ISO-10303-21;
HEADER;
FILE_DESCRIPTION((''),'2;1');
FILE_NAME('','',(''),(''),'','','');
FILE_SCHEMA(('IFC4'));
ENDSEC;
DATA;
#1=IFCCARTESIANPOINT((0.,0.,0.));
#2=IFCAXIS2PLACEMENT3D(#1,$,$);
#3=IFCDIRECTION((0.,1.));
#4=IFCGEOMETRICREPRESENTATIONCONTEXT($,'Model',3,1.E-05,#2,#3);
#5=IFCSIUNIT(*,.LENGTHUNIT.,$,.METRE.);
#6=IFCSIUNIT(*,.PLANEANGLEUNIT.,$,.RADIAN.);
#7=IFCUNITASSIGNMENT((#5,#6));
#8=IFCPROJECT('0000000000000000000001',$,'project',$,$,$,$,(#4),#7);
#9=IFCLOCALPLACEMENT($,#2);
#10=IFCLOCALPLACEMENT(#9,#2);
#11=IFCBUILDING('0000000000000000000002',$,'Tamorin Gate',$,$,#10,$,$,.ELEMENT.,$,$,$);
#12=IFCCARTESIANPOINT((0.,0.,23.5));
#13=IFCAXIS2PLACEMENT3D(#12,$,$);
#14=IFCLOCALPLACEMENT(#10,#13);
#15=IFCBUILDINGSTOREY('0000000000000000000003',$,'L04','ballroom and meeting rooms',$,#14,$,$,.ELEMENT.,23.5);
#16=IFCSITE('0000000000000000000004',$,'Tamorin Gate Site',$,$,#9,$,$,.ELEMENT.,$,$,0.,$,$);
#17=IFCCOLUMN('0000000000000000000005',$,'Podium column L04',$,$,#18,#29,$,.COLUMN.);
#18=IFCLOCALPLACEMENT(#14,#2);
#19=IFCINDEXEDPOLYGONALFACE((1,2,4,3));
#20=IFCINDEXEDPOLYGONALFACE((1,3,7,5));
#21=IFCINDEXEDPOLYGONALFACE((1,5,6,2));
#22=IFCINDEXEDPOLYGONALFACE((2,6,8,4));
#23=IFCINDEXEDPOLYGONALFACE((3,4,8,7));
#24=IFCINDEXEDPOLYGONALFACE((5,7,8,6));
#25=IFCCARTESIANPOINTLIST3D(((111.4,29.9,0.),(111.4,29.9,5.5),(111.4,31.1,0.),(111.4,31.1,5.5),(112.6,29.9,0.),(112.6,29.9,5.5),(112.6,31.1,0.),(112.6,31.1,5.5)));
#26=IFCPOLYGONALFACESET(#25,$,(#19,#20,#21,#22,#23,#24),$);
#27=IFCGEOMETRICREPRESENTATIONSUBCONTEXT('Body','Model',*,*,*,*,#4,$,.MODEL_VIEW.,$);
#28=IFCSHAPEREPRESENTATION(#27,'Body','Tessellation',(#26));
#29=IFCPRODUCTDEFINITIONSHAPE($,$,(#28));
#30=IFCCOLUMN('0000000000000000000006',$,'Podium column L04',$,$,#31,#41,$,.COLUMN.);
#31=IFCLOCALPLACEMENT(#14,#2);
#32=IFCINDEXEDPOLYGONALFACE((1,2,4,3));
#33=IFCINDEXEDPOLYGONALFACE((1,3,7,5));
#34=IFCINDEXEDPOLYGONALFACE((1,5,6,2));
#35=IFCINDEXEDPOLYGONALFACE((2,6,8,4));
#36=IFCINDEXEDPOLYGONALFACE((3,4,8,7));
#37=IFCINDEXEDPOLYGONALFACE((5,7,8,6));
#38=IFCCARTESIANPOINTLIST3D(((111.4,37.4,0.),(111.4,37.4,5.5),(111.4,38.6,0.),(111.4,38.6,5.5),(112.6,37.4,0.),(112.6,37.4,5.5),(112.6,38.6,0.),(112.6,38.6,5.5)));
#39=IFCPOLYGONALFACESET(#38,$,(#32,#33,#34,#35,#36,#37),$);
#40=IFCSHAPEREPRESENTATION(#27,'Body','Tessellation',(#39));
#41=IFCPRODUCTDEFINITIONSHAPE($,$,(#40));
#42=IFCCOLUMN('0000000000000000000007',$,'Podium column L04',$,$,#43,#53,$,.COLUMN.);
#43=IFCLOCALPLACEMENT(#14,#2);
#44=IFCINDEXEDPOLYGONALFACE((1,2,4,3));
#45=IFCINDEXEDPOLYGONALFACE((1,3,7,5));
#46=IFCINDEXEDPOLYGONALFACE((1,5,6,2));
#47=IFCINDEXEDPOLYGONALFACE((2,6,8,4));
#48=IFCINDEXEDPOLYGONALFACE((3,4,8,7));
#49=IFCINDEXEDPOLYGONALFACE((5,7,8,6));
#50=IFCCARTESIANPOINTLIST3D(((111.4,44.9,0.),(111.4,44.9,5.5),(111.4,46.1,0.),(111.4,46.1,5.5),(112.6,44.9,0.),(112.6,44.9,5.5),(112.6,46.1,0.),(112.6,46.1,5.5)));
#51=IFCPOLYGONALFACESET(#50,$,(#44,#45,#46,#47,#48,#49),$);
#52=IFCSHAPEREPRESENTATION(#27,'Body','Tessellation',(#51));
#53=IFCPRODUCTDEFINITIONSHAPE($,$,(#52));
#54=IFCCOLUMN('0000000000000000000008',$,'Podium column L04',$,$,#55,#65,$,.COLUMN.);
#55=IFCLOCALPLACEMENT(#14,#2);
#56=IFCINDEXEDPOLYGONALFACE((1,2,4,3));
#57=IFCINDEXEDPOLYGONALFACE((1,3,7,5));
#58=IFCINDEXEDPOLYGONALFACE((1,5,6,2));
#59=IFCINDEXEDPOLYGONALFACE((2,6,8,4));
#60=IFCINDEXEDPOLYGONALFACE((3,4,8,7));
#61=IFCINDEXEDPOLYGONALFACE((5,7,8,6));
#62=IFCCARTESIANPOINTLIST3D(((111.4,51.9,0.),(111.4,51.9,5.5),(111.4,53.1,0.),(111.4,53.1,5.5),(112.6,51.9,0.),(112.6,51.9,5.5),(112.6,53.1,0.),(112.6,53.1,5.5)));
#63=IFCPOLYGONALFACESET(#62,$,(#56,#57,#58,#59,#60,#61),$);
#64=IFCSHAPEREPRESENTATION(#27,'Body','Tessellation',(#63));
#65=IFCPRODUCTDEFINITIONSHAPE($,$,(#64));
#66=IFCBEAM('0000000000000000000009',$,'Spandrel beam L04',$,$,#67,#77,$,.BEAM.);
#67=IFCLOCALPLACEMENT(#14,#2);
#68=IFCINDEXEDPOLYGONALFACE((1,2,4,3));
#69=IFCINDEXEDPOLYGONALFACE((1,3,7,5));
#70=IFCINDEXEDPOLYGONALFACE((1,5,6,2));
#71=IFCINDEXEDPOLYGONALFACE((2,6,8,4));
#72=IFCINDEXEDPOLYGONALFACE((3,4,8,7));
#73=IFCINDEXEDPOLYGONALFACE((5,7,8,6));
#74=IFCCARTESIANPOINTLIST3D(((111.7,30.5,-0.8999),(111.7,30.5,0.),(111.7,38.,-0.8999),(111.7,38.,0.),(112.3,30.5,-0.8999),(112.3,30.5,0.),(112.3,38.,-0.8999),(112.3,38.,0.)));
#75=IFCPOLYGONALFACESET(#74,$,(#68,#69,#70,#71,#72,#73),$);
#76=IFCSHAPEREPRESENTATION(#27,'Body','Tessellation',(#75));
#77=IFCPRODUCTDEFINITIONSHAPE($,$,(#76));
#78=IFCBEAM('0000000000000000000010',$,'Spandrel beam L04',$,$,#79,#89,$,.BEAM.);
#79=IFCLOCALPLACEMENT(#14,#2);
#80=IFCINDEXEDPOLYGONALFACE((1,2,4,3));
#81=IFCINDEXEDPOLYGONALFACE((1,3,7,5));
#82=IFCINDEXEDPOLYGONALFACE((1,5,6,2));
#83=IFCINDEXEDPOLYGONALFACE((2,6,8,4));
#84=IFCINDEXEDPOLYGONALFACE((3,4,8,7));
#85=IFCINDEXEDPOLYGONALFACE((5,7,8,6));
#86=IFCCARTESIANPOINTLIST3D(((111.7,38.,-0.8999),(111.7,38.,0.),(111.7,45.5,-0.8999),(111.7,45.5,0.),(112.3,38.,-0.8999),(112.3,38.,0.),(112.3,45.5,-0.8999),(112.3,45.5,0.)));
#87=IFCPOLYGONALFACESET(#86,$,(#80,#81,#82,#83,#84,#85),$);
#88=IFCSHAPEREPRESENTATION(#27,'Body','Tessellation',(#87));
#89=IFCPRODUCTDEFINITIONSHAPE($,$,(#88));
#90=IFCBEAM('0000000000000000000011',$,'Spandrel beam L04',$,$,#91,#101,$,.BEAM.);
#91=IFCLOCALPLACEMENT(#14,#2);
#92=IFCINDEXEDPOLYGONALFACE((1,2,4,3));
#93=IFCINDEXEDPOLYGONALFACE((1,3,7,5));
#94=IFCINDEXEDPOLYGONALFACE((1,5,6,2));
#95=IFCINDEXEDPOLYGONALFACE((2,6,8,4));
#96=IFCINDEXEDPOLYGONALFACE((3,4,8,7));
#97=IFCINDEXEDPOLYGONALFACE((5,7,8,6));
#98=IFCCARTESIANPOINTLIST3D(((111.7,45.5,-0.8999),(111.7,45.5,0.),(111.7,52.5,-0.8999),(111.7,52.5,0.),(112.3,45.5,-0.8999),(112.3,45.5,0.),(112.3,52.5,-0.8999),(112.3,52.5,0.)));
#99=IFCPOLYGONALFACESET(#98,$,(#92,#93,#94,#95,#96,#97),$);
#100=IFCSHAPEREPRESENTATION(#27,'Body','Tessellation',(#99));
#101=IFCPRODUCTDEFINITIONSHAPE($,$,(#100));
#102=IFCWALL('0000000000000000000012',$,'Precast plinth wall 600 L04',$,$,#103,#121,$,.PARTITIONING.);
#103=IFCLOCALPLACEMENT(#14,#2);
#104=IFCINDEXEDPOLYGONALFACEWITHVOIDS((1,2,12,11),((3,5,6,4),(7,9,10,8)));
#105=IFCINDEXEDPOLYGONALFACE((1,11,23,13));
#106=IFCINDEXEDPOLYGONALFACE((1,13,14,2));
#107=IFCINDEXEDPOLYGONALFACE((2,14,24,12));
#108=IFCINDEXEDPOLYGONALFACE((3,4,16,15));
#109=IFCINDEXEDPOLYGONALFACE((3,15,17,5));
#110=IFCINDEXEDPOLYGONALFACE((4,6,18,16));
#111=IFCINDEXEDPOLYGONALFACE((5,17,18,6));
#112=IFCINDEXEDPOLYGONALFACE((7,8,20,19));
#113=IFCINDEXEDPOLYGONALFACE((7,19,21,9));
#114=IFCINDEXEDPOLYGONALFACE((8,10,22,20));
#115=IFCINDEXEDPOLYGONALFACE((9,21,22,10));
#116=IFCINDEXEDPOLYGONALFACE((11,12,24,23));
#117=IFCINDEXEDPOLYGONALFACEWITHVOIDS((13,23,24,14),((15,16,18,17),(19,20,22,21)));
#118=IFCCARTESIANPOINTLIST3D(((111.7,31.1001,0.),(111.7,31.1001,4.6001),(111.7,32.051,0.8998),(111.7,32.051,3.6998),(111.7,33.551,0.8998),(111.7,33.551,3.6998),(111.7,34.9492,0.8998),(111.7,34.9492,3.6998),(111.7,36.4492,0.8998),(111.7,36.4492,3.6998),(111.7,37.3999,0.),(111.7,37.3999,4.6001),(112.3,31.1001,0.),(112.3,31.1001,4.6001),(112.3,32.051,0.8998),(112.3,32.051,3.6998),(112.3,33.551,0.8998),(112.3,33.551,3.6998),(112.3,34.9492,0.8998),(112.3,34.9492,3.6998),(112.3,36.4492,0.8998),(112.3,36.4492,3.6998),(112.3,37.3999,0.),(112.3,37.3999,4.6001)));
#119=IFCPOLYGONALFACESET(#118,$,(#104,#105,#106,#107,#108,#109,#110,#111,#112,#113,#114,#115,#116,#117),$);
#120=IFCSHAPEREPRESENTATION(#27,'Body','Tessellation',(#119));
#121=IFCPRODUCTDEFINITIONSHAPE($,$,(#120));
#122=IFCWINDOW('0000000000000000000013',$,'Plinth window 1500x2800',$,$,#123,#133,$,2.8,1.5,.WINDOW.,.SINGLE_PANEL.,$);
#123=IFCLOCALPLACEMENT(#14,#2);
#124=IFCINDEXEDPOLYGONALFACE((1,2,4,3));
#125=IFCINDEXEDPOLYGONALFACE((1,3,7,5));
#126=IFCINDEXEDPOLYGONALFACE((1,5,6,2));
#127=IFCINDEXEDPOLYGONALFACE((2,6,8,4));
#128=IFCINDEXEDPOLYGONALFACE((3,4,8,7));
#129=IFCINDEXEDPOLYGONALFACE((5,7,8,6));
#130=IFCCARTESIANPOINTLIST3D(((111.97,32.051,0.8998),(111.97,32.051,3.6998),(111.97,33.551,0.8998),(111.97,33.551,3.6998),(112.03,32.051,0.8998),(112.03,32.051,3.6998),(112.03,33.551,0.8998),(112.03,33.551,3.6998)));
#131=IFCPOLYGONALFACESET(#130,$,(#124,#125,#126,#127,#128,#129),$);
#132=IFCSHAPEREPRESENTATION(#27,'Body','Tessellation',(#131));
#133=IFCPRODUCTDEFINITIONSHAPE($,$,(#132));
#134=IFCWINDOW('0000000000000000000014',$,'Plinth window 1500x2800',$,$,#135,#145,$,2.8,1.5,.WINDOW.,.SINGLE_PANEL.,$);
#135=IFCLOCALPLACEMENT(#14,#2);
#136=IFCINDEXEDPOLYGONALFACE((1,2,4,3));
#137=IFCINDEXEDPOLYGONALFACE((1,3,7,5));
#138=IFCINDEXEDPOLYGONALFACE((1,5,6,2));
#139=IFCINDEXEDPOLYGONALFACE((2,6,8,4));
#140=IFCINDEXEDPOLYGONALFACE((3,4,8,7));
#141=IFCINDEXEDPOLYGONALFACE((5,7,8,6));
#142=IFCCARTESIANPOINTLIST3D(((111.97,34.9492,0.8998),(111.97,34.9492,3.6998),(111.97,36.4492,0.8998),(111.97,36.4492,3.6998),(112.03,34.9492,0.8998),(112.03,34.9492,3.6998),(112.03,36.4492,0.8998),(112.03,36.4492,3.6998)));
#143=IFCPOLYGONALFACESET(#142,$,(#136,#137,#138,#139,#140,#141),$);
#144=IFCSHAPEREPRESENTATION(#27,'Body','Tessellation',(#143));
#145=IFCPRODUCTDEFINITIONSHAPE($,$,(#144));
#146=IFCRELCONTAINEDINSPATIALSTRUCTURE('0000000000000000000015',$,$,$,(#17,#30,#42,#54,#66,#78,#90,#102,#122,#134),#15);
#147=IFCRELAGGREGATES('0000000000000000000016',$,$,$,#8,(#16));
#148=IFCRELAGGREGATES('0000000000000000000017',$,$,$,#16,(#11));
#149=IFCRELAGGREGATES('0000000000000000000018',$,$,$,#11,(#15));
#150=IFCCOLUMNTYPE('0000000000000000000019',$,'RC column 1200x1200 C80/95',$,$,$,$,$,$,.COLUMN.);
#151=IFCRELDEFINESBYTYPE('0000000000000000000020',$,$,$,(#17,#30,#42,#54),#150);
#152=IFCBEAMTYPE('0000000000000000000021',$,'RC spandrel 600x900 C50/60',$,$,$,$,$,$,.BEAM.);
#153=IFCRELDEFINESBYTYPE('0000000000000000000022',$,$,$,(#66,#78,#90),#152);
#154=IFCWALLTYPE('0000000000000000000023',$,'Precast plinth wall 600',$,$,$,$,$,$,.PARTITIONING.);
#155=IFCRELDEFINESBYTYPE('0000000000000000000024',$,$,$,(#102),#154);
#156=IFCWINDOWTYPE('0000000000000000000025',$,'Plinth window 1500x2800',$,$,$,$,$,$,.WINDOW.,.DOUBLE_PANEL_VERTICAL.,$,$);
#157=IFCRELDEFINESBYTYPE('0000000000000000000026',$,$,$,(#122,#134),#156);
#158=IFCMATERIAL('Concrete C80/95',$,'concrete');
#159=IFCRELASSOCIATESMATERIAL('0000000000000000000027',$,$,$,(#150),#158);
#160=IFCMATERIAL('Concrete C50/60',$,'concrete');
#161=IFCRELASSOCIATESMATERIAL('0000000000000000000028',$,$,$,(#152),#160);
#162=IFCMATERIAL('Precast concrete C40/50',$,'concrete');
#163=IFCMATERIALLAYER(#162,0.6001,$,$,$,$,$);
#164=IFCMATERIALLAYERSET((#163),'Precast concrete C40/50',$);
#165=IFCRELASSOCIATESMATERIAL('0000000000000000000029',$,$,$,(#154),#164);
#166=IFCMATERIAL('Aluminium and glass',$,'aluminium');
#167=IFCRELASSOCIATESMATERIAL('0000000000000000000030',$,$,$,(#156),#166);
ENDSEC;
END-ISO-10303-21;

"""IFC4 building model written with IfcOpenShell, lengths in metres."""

from ifc_helpers import new_model, si_unit, direction, frame, frame_2d, origin, origin_2d, place, context, subcontext, project, spatial, rectangle, extrude, material, layer, layer_set, material_profile, profile_set, type_object, element, fill, save


model = new_model("IFC4")

# Units and contexts
model_context = context("Model", 3, precision=1e-05, world=origin(), true_north=direction((0.0, 1.0)))
body_context = subcontext(model_context, "Body", "Model", "MODEL_VIEW")
ifc_project = project(units=[si_unit("LENGTHUNIT", "METRE"), si_unit("PLANEANGLEUNIT", "RADIAN")], contexts=[model_context])

# Site, building, storey
site_placement = place(None, origin())
site = spatial("IfcSite", under=ifc_project, at=site_placement, Name="Tamorin Gate Site", CompositionType="ELEMENT", RefElevation=0.0)
building_placement = place(site_placement, origin())
building = spatial("IfcBuilding", under=site, at=building_placement, Name="Tamorin Gate", CompositionType="ELEMENT")
storey_placement = place(building_placement, frame((0.0, 0.0, 23.5)))
storey = spatial("IfcBuildingStorey", under=building, at=storey_placement, Name="L04", Description="ballroom and meeting rooms", CompositionType="ELEMENT", Elevation=23.5)

# Columns
ifc_material_1 = material(Name="Concrete C80/95", Category="concrete")
ifc_material_profile_1 = material_profile(ifc_material_1, rectangle(XDim=1.2, YDim=1.2, at=origin_2d()), Name="RC 1200x1200")
ifc_profile_set_1 = profile_set([ifc_material_profile_1], Name="Concrete C80/95")
column_type = type_object("IfcColumnType", Name="RC column 1200x1200 C80/95", PredefinedType="COLUMN", material=ifc_profile_set_1)
for number, where, z_axis, x_axis, name in (
    (1, (112.0, 30.5, 0.0), (0.0, 0.0, 1.0), (1.0, 0.0, 0.0), "Podium column L04"),
    (2, (112.0, 38.0, 0.0), (0.0, 0.0, 1.0), (1.0, 0.0, 0.0), "Podium column L04"),
    (3, (112.0, 45.5, 0.0), (0.0, 0.0, 1.0), (1.0, 0.0, 0.0), "Podium column L04"),
    (4, (112.0, 52.5, 0.0), (0.0, 0.0, 1.0), (1.0, 0.0, 0.0), "Podium column L04"),
):
    element("IfcColumn", number, at=place(storey_placement, frame(where, z_axis=z_axis, x_axis=x_axis)), inside=storey, type_object=column_type, Name=name, PredefinedType="COLUMN", context=body_context, shape_type="SweptSolid", body=[
        extrude(rectangle(XDim=1.2, YDim=1.2, at=origin_2d()), origin(), (0.0, 0.0, 1.0), 5.5),
    ])

# Beams
ifc_material_2 = material(Name="Concrete C50/60", Category="concrete")
ifc_material_profile_2 = material_profile(ifc_material_2, rectangle(XDim=0.6001, YDim=0.8999, at=origin_2d()), Name="RC 600x900")
ifc_profile_set_2 = profile_set([ifc_material_profile_2], Name="Concrete C50/60")
beam_type = type_object("IfcBeamType", Name="RC spandrel 600x900 C50/60", PredefinedType="BEAM", material=ifc_profile_set_2)
for number, where, z_axis, x_axis, name in (
    (5, (112.0, 30.5, -0.45), (0.0, 1.0, 0.0), (-1.0, 0.0, 0.0), "Spandrel beam L04"),
    (6, (112.0, 38.0, -0.45), (0.0, 1.0, 0.0), (-1.0, 0.0, 0.0), "Spandrel beam L04"),
):
    element("IfcBeam", number, at=place(storey_placement, frame(where, z_axis=z_axis, x_axis=x_axis)), inside=storey, type_object=beam_type, Name=name, PredefinedType="BEAM", context=body_context, shape_type="SweptSolid", body=[
        extrude(rectangle(XDim=0.6001, YDim=0.8999, at=origin_2d()), origin(), (0.0, 0.0, 1.0), 7.5),
    ])
beam_placement = place(storey_placement, frame((112.0, 45.5, -0.45), z_axis=(0.0, 1.0, 0.0), x_axis=(-1.0, 0.0, 0.0)))
element("IfcBeam", 7, at=beam_placement, inside=storey, type_object=beam_type, Name="Spandrel beam L04", PredefinedType="BEAM", context=body_context, shape_type="SweptSolid", body=[
    extrude(rectangle(XDim=0.6001, YDim=0.8999, at=origin_2d()), origin(), (0.0, 0.0, 1.0), 7.0),
])

# Wall, openings, windows
ifc_material_3 = material(Name="Precast concrete C40/50", Category="concrete")
ifc_layer = layer(ifc_material_3, 0.6001)
ifc_layer_set = layer_set([ifc_layer], Name="Precast concrete C40/50")
wall_type = type_object("IfcWallType", Name="Precast plinth wall 600", PredefinedType="PARTITIONING", material=ifc_layer_set)
wall_1_placement = place(storey_placement, frame((112.0, 31.1001, 0.0), z_axis=(0.0, 0.0, 1.0), x_axis=(0.0, 1.0, 0.0)))
wall_1 = element("IfcWall", 8, at=wall_1_placement, inside=storey, type_object=wall_type, Name="Precast plinth wall 600 L04", PredefinedType="PARTITIONING", context=body_context, shape_type="SweptSolid", body=[
    extrude(rectangle(XDim=6.2998, YDim=0.6001, at=frame_2d((3.1499, 0.0))), origin(), (0.0, 0.0, 1.0), 4.6001),
])
opening_1_placement = place(wall_1_placement, frame((0.9509, 0.0, 0.8999)))
opening_1 = element("IfcOpeningElement", 9, at=opening_1_placement, cuts=wall_1, PredefinedType="OPENING", context=body_context, shape_type="SweptSolid", body=[
    extrude(rectangle(XDim=1.5, YDim=2.8, at=frame_2d((0.75, 1.3999))), frame((0.0, 0.3101, 0.0), z_axis=(0.0, -1.0, 0.0), x_axis=(1.0, 0.0, 0.0)), (0.0, 0.0, 1.0), 0.6201),
])
opening_2_placement = place(wall_1_placement, frame((3.8491, 0.0, 0.8999)))
opening_2 = element("IfcOpeningElement", 10, at=opening_2_placement, cuts=wall_1, PredefinedType="OPENING", context=body_context, shape_type="SweptSolid", body=[
    extrude(rectangle(XDim=1.5, YDim=2.8, at=frame_2d((0.75, 1.3999))), frame((0.0, 0.3101, 0.0), z_axis=(0.0, -1.0, 0.0), x_axis=(1.0, 0.0, 0.0)), (0.0, 0.0, 1.0), 0.6201),
])
ifc_material_4 = material(Name="Aluminium and glass", Category="aluminium")
window_type = type_object("IfcWindowType", Name="Plinth window 1500x2800", PartitioningType="DOUBLE_PANEL_VERTICAL", PredefinedType="WINDOW", material=ifc_material_4)
window_1_placement = place(opening_1_placement, origin())
window_1 = element("IfcWindow", 11, at=window_1_placement, inside=storey, type_object=window_type, Name="Plinth window 1500x2800", OverallHeight=2.8, OverallWidth=1.5, PartitioningType="SINGLE_PANEL", PredefinedType="WINDOW", context=body_context, shape_type="SweptSolid", body=[
    extrude(rectangle(XDim=1.5, YDim=2.8, at=frame_2d((0.75, 1.3999))), frame((0.0, 0.03, 0.0), z_axis=(0.0, -1.0, 0.0), x_axis=(1.0, 0.0, 0.0)), (0.0, 0.0, 1.0), 0.0601),
])
fill(opening_1, window_1)
window_2_placement = place(opening_2_placement, origin())
window_2 = element("IfcWindow", 12, at=window_2_placement, inside=storey, type_object=window_type, Name="Plinth window 1500x2800", OverallHeight=2.8, OverallWidth=1.5, PartitioningType="SINGLE_PANEL", PredefinedType="WINDOW", context=body_context, shape_type="SweptSolid", body=[
    extrude(rectangle(XDim=1.5, YDim=2.8, at=frame_2d((0.75, 1.3999))), frame((0.0, 0.03, 0.0), z_axis=(0.0, -1.0, 0.0), x_axis=(1.0, 0.0, 0.0)), (0.0, 0.0, 1.0), 0.0601),
])
fill(opening_2, window_2)

save(model, "model.ifc")
